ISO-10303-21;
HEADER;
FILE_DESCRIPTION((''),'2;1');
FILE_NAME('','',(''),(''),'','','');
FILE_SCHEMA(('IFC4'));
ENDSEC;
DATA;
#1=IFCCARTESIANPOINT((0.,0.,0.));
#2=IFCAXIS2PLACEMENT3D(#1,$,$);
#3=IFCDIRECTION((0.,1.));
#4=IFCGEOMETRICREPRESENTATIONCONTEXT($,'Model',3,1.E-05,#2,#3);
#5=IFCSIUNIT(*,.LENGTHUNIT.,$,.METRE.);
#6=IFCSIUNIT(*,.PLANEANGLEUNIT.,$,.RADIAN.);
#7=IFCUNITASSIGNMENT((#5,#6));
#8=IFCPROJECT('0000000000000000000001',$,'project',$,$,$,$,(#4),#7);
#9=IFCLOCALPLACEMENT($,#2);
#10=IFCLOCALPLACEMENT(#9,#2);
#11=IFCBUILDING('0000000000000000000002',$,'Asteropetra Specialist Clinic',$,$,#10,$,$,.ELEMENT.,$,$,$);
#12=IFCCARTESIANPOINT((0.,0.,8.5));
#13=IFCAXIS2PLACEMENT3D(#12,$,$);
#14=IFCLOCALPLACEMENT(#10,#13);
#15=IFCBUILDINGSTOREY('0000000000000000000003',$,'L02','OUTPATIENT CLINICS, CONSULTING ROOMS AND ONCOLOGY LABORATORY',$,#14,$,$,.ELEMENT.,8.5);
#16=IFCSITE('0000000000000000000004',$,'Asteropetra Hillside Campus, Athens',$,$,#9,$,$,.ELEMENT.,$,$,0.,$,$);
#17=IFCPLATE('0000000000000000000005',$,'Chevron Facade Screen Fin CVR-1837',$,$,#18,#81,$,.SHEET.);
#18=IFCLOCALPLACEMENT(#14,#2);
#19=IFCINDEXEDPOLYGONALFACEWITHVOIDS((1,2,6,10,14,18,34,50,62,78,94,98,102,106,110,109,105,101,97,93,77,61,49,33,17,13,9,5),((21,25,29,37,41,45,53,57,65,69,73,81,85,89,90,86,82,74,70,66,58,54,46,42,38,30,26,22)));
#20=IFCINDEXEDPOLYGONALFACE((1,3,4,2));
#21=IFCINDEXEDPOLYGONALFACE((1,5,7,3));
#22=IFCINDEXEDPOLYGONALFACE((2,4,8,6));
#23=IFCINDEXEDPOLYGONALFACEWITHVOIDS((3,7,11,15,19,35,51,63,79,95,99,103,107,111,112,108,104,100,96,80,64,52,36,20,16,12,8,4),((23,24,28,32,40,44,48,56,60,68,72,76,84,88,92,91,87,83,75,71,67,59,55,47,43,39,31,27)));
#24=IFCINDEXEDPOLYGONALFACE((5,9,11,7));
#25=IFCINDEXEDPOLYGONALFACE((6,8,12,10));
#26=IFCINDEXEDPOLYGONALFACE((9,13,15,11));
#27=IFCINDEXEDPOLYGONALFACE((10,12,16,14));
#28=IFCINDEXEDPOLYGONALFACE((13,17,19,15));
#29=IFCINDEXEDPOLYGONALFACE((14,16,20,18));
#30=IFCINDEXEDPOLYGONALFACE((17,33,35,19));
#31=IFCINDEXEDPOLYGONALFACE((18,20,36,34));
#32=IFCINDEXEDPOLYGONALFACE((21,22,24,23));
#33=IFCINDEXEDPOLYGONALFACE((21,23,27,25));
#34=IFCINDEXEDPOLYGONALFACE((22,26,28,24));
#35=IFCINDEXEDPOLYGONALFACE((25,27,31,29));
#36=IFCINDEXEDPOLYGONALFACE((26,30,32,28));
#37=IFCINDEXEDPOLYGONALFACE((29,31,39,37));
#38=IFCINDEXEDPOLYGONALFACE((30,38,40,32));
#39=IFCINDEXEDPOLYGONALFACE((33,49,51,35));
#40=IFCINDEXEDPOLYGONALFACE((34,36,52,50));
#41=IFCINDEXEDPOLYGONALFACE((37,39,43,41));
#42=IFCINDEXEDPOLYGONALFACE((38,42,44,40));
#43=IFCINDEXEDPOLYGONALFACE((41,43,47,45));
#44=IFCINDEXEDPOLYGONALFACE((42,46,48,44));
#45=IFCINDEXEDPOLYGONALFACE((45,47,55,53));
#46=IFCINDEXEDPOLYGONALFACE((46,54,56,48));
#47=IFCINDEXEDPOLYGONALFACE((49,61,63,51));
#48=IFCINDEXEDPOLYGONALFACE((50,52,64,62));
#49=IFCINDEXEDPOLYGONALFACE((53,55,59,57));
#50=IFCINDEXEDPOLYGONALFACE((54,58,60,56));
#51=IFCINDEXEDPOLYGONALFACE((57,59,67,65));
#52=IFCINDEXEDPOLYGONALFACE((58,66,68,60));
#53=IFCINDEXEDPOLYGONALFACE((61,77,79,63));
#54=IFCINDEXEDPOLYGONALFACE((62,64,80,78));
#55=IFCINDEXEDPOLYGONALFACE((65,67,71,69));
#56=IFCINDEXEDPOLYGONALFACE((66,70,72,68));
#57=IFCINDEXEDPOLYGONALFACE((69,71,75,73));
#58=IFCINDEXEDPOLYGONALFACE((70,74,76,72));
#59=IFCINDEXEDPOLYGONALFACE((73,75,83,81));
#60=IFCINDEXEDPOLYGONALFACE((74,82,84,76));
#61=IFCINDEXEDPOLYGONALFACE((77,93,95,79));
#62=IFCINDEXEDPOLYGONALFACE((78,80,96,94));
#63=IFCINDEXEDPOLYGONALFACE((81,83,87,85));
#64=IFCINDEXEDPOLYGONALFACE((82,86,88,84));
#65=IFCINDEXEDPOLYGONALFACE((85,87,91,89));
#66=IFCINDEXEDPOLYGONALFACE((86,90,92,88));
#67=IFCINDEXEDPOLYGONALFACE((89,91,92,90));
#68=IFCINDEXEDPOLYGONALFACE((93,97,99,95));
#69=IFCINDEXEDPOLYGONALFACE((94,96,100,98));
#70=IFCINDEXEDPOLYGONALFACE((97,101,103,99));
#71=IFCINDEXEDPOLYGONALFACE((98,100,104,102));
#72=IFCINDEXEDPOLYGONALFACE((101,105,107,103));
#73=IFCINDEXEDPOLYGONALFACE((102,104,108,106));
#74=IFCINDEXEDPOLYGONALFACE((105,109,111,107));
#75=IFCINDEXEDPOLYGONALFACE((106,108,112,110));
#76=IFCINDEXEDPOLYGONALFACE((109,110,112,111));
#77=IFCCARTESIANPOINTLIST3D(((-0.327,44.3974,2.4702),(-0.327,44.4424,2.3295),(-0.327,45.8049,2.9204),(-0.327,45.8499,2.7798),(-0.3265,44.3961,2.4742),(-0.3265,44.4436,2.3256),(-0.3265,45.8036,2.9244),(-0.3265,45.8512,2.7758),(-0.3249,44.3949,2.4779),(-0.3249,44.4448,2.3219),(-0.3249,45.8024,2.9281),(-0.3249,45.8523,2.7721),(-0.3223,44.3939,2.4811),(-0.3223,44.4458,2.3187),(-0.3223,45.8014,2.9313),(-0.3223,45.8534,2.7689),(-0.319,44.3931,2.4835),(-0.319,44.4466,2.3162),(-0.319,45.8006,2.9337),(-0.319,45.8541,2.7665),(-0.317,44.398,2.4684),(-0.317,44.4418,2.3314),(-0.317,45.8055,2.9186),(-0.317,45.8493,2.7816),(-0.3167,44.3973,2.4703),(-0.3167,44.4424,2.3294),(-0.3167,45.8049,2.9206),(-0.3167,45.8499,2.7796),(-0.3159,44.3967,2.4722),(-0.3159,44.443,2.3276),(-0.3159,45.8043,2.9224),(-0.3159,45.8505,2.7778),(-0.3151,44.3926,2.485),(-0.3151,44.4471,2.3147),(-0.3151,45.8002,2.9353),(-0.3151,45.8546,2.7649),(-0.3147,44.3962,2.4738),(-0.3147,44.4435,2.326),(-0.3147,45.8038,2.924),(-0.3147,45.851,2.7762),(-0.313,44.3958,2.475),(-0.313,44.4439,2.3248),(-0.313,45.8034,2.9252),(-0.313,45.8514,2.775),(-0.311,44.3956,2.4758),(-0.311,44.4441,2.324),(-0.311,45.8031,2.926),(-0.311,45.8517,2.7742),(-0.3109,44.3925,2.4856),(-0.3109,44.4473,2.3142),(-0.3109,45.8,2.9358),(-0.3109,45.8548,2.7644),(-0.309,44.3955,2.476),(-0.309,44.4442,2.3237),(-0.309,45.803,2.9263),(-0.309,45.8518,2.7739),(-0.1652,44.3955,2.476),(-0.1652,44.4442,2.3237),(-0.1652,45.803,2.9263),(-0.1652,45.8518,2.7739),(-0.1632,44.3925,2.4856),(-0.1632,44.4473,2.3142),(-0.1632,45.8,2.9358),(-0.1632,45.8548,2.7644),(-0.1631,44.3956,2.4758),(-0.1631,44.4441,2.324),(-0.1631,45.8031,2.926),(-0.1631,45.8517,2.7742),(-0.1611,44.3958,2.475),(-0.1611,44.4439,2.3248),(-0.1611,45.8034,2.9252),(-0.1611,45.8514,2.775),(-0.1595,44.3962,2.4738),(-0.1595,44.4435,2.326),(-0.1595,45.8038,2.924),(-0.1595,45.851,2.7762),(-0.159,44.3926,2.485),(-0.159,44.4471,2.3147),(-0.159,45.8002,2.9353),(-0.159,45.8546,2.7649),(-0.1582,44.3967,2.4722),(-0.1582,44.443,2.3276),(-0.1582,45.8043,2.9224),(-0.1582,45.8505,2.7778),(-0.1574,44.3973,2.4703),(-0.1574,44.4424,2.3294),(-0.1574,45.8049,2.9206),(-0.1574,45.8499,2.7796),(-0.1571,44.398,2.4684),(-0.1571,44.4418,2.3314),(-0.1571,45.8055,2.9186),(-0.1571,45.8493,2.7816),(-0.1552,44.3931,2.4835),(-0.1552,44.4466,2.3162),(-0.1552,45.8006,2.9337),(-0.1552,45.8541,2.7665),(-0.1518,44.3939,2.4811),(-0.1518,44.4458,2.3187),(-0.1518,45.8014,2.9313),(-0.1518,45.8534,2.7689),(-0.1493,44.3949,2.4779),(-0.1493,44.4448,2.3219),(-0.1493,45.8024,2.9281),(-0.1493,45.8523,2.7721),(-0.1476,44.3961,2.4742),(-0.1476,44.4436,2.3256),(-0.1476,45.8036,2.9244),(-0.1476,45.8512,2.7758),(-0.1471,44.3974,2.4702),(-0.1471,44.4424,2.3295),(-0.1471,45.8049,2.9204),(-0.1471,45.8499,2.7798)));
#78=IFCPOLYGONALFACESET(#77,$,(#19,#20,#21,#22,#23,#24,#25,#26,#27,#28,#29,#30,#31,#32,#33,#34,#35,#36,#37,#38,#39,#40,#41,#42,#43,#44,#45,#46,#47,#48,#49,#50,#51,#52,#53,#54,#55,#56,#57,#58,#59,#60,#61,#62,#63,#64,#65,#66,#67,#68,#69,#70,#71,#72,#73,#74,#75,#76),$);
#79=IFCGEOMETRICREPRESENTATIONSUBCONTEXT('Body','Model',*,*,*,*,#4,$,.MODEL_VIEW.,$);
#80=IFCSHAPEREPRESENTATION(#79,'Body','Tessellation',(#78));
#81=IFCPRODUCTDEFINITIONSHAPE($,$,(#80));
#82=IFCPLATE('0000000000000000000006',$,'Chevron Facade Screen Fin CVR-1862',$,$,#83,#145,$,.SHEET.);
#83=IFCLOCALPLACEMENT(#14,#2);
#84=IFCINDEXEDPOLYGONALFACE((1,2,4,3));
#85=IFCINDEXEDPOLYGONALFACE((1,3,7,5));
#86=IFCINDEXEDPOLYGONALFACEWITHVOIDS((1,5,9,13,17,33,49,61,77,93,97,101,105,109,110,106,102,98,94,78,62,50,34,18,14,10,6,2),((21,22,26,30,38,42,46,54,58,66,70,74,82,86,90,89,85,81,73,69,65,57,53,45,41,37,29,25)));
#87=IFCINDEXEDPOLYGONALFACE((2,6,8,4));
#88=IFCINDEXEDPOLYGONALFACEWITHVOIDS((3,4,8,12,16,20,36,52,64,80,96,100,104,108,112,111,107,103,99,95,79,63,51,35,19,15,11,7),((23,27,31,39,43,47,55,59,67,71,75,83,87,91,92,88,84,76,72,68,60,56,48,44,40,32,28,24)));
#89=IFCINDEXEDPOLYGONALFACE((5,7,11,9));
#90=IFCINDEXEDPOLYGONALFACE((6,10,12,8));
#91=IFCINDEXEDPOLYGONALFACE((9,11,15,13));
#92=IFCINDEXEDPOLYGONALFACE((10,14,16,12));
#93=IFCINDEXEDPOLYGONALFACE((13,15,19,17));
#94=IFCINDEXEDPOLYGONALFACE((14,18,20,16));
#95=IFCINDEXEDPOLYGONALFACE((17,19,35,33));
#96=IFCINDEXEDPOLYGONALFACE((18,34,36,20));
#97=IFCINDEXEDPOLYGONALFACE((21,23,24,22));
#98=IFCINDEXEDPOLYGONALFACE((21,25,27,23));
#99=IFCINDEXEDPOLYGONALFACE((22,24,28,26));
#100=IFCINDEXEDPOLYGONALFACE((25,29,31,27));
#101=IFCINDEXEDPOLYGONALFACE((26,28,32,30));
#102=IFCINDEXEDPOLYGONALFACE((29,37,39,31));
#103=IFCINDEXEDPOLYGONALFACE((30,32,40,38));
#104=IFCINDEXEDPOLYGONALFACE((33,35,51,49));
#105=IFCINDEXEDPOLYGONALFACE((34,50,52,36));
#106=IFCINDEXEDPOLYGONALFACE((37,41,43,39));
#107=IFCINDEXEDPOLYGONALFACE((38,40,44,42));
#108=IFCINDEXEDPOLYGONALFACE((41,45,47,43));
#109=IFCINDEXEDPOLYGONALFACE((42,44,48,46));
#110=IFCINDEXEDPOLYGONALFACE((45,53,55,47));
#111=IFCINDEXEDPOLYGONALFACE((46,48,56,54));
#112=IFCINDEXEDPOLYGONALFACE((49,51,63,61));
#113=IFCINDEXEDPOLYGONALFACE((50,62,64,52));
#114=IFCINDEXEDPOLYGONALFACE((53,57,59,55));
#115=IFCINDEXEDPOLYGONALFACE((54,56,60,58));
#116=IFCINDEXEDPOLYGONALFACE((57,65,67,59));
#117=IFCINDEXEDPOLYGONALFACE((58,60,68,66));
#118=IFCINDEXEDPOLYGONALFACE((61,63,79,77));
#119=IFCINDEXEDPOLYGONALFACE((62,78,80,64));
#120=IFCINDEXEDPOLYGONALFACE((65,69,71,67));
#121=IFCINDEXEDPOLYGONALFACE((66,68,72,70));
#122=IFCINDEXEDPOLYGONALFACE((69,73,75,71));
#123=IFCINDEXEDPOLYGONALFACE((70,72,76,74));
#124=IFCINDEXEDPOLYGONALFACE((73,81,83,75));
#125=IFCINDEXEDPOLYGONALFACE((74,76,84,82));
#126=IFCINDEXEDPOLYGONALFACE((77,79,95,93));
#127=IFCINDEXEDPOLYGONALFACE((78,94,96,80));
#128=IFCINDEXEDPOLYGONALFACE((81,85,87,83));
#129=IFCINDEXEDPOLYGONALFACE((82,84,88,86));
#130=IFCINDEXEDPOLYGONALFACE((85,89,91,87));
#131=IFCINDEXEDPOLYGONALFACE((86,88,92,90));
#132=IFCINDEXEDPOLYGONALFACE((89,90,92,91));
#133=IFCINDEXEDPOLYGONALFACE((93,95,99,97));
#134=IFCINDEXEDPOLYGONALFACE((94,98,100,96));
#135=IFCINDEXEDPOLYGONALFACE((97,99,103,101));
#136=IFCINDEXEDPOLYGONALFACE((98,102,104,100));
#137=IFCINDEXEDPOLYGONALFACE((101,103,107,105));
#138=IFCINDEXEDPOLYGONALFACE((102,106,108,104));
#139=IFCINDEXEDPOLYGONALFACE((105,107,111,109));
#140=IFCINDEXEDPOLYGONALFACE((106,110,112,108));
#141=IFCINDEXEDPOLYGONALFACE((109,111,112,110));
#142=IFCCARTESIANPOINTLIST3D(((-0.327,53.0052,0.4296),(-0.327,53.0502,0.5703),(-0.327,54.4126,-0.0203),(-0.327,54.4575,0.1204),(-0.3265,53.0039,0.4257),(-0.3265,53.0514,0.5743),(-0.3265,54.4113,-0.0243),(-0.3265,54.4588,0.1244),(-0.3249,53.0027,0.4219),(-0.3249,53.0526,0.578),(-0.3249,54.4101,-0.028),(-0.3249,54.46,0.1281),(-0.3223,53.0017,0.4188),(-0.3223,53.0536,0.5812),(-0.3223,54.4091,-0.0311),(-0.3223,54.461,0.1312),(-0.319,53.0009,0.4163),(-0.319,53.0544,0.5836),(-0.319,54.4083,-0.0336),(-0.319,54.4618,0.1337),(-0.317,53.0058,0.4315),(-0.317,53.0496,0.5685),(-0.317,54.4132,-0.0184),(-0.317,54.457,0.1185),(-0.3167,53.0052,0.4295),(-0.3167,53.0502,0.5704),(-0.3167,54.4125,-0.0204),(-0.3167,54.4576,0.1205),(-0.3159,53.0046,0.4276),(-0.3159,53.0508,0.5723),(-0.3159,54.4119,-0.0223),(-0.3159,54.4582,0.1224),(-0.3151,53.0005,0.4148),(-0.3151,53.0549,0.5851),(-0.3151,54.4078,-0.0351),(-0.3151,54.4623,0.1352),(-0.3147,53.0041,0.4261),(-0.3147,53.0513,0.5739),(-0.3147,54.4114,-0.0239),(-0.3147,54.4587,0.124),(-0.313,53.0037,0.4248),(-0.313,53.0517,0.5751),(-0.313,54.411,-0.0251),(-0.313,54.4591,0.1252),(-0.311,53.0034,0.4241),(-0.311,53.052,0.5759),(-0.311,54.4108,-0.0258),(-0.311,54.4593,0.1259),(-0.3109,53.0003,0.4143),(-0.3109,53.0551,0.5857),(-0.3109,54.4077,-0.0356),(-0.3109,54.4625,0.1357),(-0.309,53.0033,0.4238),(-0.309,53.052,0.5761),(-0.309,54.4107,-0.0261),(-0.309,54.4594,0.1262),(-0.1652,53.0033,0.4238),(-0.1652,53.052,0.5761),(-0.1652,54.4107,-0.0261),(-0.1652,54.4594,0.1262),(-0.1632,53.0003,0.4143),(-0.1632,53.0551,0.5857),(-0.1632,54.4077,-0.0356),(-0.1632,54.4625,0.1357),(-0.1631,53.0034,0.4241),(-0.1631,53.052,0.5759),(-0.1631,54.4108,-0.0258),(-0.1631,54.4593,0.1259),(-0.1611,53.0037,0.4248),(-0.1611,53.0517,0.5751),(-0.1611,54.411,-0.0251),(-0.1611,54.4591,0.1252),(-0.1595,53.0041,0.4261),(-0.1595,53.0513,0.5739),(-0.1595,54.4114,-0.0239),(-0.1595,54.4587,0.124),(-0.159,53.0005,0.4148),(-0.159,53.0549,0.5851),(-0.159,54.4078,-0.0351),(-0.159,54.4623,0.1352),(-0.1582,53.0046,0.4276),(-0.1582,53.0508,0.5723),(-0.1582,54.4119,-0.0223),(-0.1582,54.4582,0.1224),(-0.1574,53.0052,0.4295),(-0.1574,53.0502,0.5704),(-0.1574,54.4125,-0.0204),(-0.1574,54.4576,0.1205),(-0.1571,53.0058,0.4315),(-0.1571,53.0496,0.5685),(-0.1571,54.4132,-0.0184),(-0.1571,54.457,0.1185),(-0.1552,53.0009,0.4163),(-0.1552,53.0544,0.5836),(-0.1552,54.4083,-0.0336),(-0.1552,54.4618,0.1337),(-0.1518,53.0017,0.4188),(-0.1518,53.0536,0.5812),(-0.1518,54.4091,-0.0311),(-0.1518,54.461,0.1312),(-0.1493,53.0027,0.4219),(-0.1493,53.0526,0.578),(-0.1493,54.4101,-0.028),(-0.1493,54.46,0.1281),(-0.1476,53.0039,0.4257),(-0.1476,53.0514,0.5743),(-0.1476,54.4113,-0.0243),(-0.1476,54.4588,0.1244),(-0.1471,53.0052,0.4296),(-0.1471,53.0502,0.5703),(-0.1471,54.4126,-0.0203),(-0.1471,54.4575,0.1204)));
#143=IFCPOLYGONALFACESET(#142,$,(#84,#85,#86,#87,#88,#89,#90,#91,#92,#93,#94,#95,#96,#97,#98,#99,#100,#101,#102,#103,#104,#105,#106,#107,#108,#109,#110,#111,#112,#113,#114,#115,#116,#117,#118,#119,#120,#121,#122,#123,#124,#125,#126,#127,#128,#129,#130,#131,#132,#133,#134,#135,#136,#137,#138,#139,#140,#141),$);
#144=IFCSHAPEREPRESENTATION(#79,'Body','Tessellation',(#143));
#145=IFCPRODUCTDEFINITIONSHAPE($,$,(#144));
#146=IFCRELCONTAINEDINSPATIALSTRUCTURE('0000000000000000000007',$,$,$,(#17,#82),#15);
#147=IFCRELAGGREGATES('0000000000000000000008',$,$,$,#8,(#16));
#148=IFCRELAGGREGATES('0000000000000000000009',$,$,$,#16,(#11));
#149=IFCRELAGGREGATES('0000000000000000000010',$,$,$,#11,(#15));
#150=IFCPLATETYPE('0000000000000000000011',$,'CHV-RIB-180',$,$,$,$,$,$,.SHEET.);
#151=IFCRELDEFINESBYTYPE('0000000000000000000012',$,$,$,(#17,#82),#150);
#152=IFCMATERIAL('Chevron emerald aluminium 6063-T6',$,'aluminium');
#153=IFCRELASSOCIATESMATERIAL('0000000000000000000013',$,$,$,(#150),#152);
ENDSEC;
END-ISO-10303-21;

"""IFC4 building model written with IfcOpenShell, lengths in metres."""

from ifc_helpers import new_model, si_unit, direction, frame, origin, origin_2d, place, context, subcontext, project, spatial, hollow_rectangle, extrude, material, material_profile, profile_set, type_object, element, save


model = new_model("IFC4")

# Units and contexts
model_context = context("Model", 3, precision=1e-05, world=origin(), true_north=direction((0.0, 1.0)))
body_context = subcontext(model_context, "Body", "Model", "MODEL_VIEW")
ifc_project = project(units=[si_unit("LENGTHUNIT", "METRE"), si_unit("PLANEANGLEUNIT", "RADIAN")], contexts=[model_context])

# Site, building, storey
site_placement = place(None, origin())
site = spatial("IfcSite", under=ifc_project, at=site_placement, Name="Asteropetra Hillside Campus, Athens", CompositionType="ELEMENT", RefElevation=0.0)
building_placement = place(site_placement, origin())
building = spatial("IfcBuilding", under=site, at=building_placement, Name="Asteropetra Specialist Clinic", CompositionType="ELEMENT")
storey_placement = place(building_placement, frame((0.0, 0.0, 8.5)))
storey = spatial("IfcBuildingStorey", under=building, at=storey_placement, Name="L02", Description="OUTPATIENT CLINICS, CONSULTING ROOMS AND ONCOLOGY LABORATORY", CompositionType="ELEMENT", Elevation=8.5)

# Plates
ifc_material = material(Name="Chevron emerald aluminium 6063-T6", Category="aluminium")
ifc_material_profile = material_profile(ifc_material, hollow_rectangle(XDim=0.1799, YDim=0.1799, WallThickness=0.01, InnerFilletRadius=0.0081, OuterFilletRadius=0.0161, at=origin_2d()), Name="SHS 180x180x10.0")
ifc_profile_set = profile_set([ifc_material_profile], Name="Chevron emerald aluminium 6063-T6")
plate_type = type_object("IfcPlateType", Name="CHV-RIB-180", PredefinedType="SHEET", material=ifc_profile_set)
plate_1_placement = place(storey_placement, frame((-0.2371, 45.8274, 2.8501), z_axis=(0.0, -0.952463, -0.304656), x_axis=(1.0, 0.0, 0.0)))
element("IfcPlate", 1, at=plate_1_placement, inside=storey, type_object=plate_type, Name="Chevron Facade Screen Fin CVR-1837", PredefinedType="SHEET", context=body_context, shape_type="SweptSolid", body=[
    extrude(hollow_rectangle(XDim=0.1799, YDim=0.1799, WallThickness=0.01, InnerFilletRadius=0.0081, OuterFilletRadius=0.0161, at=origin_2d()), origin(), (0.0, 0.0, 1.0), 1.4778),
])
for number, where, z_axis, x_axis, name in (
    (2, (-0.2371, 54.4351, 0.05), (0.0, -0.95251, 0.304506), (1.0, 0.0, 0.0), "Chevron Facade Screen Fin CVR-1862"),
):
    element("IfcPlate", number, at=place(storey_placement, frame(where, z_axis=z_axis, x_axis=x_axis)), inside=storey, type_object=plate_type, Name=name, PredefinedType="SHEET", context=body_context, shape_type="SweptSolid", body=[
        extrude(hollow_rectangle(XDim=0.1799, YDim=0.1799, WallThickness=0.01, InnerFilletRadius=0.0081, OuterFilletRadius=0.0161, at=origin_2d()), origin(), (0.0, 0.0, 1.0), 1.4775),
    ])

save(model, "model.ifc")
